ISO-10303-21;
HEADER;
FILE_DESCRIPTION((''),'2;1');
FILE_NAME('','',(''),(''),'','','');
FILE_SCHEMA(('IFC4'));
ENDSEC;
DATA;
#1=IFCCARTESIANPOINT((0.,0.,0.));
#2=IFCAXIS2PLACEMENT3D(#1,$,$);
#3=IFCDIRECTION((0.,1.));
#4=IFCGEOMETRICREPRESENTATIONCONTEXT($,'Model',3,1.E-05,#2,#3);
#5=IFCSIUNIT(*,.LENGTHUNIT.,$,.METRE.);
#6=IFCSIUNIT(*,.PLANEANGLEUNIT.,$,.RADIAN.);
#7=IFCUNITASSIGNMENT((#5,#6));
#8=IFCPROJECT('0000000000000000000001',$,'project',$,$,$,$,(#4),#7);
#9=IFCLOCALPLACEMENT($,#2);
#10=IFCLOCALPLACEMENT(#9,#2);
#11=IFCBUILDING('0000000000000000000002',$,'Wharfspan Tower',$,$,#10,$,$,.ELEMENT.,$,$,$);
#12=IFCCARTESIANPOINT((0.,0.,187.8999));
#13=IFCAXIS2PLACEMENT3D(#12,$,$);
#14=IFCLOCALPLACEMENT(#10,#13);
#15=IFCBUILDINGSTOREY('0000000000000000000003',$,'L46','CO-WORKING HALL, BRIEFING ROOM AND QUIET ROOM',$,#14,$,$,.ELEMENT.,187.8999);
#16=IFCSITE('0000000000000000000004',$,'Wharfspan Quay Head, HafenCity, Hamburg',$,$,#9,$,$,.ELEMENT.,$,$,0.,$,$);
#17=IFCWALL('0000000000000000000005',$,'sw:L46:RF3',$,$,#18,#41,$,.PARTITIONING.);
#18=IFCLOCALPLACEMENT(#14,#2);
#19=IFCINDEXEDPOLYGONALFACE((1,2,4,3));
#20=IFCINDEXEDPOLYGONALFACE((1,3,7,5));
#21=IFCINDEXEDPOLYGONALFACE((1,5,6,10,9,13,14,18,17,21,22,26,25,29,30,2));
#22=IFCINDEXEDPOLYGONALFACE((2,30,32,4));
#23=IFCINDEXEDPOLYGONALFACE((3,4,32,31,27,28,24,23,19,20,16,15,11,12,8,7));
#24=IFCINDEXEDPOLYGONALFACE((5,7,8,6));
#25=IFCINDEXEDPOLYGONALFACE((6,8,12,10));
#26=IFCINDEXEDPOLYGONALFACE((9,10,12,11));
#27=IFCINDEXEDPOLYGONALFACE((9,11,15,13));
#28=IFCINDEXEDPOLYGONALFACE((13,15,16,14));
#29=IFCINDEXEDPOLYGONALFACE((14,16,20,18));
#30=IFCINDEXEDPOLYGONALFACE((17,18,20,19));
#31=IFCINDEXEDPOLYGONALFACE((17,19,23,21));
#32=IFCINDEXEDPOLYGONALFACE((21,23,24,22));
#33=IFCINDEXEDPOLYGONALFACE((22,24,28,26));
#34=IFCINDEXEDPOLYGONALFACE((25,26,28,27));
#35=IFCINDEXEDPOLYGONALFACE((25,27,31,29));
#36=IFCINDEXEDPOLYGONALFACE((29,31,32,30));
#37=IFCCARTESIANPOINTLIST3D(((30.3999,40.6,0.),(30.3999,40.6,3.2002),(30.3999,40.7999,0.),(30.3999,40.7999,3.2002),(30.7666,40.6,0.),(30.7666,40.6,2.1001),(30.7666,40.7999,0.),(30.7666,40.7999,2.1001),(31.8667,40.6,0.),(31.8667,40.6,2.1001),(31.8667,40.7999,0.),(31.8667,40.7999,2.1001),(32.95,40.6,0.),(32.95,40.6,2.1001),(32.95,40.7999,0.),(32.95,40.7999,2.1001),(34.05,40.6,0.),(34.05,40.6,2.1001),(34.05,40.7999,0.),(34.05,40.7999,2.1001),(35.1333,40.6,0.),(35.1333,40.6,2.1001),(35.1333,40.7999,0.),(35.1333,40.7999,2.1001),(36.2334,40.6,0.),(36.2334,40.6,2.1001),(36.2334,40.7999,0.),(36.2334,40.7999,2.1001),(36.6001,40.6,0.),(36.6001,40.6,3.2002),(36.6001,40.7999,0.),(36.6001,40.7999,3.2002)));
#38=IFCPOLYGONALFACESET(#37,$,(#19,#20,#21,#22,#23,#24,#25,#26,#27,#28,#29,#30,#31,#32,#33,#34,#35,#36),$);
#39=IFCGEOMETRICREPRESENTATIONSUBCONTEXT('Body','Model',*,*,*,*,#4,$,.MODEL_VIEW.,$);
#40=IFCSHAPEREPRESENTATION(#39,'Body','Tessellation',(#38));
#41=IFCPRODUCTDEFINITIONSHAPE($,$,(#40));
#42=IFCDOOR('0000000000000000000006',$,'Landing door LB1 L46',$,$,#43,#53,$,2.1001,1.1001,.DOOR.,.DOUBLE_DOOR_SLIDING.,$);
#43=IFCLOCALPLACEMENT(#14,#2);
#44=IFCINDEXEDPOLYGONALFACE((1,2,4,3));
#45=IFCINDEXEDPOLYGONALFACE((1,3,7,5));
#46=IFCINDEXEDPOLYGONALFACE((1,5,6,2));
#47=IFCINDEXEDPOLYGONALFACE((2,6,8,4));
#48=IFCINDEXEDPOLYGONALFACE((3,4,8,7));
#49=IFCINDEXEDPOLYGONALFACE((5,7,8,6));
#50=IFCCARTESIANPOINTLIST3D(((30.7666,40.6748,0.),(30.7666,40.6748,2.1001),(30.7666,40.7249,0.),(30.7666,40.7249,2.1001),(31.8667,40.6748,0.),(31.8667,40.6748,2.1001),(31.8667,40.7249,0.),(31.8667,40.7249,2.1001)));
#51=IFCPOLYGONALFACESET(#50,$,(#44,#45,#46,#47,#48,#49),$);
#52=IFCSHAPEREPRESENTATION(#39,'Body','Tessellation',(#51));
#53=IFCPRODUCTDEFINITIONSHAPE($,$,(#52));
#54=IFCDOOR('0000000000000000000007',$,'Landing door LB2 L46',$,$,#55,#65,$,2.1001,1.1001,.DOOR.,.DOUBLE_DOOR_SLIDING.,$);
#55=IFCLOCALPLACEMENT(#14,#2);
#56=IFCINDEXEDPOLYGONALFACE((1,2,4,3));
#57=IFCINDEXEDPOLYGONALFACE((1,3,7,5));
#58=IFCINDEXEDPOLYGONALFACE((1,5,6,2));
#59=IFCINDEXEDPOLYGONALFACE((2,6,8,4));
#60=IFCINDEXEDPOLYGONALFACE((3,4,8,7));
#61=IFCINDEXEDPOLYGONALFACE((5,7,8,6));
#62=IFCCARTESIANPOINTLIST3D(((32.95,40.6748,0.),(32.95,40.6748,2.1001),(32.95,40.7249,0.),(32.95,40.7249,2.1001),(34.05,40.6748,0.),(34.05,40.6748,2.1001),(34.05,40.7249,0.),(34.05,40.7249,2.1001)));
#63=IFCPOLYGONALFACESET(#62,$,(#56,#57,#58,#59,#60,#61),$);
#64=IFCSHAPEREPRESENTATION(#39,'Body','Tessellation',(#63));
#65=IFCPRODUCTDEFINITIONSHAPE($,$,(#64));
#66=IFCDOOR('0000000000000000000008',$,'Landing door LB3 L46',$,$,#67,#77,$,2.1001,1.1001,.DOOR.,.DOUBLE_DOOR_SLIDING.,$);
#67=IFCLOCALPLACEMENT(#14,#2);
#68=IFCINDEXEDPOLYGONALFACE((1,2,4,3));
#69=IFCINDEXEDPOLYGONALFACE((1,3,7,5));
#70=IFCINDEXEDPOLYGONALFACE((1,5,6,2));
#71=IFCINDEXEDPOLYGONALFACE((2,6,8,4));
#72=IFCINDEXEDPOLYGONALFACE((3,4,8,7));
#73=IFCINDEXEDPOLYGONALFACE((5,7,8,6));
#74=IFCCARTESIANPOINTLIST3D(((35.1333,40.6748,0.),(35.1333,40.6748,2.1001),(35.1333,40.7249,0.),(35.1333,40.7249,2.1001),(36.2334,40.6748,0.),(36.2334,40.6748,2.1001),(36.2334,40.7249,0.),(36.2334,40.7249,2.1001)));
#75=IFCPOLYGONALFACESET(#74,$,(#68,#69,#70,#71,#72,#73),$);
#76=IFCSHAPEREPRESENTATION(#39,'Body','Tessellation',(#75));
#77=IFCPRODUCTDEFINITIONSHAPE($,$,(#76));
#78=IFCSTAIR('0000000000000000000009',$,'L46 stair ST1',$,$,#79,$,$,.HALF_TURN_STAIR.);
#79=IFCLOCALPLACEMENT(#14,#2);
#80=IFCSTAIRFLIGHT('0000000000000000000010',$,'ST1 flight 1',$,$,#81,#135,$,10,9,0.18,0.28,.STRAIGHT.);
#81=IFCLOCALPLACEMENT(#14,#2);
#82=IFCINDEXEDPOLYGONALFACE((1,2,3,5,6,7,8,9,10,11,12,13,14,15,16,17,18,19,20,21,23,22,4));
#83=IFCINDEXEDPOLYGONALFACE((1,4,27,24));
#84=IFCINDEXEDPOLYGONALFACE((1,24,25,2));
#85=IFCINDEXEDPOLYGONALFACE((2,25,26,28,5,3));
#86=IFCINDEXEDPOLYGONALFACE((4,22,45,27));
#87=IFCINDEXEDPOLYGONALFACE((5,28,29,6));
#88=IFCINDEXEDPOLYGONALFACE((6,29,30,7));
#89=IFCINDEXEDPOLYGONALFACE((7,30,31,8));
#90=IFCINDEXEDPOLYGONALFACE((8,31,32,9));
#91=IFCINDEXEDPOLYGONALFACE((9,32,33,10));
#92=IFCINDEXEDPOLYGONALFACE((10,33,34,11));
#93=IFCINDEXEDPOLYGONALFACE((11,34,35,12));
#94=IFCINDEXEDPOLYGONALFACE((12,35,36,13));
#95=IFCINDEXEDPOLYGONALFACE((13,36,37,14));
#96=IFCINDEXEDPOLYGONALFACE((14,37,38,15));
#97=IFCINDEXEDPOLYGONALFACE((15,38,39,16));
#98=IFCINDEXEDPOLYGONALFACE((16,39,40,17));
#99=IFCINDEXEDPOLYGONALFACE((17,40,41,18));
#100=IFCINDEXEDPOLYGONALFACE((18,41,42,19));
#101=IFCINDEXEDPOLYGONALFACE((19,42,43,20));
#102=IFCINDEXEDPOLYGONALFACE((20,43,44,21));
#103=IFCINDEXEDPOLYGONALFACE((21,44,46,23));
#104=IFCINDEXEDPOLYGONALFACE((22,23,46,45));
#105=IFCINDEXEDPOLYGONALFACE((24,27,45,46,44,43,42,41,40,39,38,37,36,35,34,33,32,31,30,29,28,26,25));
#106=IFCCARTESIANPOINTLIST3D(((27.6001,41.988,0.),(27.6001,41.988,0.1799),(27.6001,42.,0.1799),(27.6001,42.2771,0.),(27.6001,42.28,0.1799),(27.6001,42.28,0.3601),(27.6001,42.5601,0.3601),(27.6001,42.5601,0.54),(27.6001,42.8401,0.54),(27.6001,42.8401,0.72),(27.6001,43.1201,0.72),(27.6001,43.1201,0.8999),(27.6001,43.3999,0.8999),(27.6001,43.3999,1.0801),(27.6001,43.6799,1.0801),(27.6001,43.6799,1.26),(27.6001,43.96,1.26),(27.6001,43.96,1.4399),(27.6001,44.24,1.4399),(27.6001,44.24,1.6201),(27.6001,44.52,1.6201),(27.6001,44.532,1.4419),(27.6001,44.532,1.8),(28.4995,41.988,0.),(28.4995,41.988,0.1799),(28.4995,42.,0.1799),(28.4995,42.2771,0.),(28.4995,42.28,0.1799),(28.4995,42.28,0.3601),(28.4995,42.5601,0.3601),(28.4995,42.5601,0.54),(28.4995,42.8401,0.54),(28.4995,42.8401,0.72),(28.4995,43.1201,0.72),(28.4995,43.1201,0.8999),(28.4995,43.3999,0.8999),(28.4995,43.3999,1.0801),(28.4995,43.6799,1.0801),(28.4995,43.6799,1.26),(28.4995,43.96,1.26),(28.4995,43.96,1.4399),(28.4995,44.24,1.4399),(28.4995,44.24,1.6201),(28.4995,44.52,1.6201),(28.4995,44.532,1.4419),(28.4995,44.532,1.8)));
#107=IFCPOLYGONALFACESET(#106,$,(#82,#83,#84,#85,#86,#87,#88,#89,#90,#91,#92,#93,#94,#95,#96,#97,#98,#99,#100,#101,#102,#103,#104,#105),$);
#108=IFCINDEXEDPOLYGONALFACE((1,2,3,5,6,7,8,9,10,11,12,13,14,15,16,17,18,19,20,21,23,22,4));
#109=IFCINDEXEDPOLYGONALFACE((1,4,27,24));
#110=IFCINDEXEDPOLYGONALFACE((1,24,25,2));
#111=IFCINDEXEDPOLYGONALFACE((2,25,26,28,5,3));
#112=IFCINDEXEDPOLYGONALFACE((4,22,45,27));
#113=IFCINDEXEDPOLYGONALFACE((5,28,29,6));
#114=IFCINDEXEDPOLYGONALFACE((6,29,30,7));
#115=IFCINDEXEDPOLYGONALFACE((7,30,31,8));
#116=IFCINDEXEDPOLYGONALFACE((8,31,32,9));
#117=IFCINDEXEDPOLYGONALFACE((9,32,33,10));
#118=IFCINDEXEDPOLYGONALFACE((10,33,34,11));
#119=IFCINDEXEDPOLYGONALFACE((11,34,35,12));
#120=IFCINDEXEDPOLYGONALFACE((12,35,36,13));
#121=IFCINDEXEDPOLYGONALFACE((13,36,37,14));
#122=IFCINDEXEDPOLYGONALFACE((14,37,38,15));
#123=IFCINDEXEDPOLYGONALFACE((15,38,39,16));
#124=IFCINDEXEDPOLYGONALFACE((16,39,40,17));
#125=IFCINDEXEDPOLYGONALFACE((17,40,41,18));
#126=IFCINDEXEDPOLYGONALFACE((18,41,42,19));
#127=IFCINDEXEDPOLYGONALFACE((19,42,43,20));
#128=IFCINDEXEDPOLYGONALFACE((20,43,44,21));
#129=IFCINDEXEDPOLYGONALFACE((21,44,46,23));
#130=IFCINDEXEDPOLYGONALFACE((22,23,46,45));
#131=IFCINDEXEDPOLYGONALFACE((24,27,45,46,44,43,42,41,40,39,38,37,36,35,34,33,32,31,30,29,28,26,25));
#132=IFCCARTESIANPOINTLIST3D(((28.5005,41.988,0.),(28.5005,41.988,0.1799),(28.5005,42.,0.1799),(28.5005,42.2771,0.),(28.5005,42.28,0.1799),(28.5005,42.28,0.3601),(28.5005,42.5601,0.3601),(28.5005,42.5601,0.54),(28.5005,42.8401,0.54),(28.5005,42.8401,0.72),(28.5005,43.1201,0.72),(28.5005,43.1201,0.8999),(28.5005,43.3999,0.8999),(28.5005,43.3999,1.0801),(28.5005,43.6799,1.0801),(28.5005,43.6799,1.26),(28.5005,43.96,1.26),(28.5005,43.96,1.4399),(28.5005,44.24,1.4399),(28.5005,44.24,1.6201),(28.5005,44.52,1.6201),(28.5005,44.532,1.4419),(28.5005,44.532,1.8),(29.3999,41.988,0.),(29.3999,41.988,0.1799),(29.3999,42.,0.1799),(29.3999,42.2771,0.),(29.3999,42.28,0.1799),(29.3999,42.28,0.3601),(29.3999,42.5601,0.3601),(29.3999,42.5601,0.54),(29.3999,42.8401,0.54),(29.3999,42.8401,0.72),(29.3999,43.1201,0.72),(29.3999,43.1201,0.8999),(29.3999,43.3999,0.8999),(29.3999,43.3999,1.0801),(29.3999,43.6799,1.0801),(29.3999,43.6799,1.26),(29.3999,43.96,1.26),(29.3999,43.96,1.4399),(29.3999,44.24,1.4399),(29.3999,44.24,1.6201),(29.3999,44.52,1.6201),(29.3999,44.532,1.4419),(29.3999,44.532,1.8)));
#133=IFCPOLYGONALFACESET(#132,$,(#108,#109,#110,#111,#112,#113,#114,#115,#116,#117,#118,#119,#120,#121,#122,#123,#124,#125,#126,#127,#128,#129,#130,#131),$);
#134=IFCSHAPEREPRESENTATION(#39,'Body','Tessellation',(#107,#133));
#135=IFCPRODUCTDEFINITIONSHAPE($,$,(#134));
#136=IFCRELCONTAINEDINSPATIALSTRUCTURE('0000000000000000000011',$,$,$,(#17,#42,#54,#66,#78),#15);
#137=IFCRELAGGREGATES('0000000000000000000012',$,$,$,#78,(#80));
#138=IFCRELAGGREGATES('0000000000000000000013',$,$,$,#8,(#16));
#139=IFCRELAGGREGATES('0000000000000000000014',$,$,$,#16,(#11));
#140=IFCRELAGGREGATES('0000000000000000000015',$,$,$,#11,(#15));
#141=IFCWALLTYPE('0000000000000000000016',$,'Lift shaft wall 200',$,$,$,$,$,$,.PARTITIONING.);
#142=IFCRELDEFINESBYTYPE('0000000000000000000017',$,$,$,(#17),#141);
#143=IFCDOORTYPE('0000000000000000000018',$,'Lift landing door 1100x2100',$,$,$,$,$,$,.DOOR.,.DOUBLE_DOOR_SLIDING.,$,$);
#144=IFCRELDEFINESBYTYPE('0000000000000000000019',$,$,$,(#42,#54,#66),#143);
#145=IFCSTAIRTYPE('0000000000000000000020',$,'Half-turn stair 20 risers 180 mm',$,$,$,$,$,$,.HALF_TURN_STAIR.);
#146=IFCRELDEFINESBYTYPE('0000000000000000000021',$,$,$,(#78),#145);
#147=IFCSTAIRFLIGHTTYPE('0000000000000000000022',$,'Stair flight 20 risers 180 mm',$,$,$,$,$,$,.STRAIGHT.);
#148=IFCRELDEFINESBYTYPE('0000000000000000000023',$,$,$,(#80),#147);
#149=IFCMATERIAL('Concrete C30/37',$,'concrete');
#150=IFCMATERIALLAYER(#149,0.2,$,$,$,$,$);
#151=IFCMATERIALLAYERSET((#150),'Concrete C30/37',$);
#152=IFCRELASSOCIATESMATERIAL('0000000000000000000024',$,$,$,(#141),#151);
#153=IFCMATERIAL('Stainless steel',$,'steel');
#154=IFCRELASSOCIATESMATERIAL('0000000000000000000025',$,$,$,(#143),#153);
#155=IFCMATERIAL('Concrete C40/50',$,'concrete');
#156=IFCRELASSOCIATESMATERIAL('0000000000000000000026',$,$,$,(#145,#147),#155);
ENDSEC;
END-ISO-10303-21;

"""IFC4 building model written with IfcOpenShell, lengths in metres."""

from ifc_helpers import new_model, si_unit, direction, frame, frame_2d, origin, place, context, subcontext, project, spatial, polyline, rectangle, outline, extrude, material, layer, layer_set, type_object, element, fill, aggregate, save


model = new_model("IFC4")

# Units and contexts
model_context = context("Model", 3, precision=1e-05, world=origin(), true_north=direction((0.0, 1.0)))
body_context = subcontext(model_context, "Body", "Model", "MODEL_VIEW")
ifc_project = project(units=[si_unit("LENGTHUNIT", "METRE"), si_unit("PLANEANGLEUNIT", "RADIAN")], contexts=[model_context])

# Site, building, storey
site_placement = place(None, origin())
site = spatial("IfcSite", under=ifc_project, at=site_placement, Name="Wharfspan Quay Head, HafenCity, Hamburg", CompositionType="ELEMENT", RefElevation=0.0)
building_placement = place(site_placement, origin())
building = spatial("IfcBuilding", under=site, at=building_placement, Name="Wharfspan Tower", CompositionType="ELEMENT")
storey_placement = place(building_placement, frame((0.0, 0.0, 187.8999)))
storey = spatial("IfcBuildingStorey", under=building, at=storey_placement, Name="L46", Description="CO-WORKING HALL, BRIEFING ROOM AND QUIET ROOM", CompositionType="ELEMENT", Elevation=187.8999)

# Wall, openings, doors
ifc_material_1 = material(Name="Concrete C30/37", Category="concrete")
ifc_layer_1 = layer(ifc_material_1, 0.2)
ifc_layer_set_1 = layer_set([ifc_layer_1], Name="Concrete C30/37")
wall_type_1 = type_object("IfcWallType", Name="Lift shaft wall 200", PredefinedType="PARTITIONING", material=ifc_layer_set_1)
wall_1_placement = place(storey_placement, frame((30.3999, 40.7, 0.0), z_axis=(0.0, 0.0, 1.0), x_axis=(1.0, 0.0, 0.0)))
wall_1 = element("IfcWall", 1, at=wall_1_placement, inside=storey, type_object=wall_type_1, Name="sw:L46:RF3", PredefinedType="PARTITIONING", context=body_context, shape_type="SweptSolid", body=[
    extrude(rectangle(XDim=6.2002, YDim=0.2, at=frame_2d((3.1001, 0.0))), origin(), (0.0, 0.0, 1.0), 3.2002),
])
opening_1_placement = place(wall_1_placement, frame((0.3667, 0.0, 0.0)))
opening_1 = element("IfcOpeningElement", 2, at=opening_1_placement, cuts=wall_1, PredefinedType="OPENING", context=body_context, shape_type="SweptSolid", body=[
    extrude(rectangle(XDim=1.1001, YDim=2.1001, at=frame_2d((0.55, 1.05))), frame((0.0, 0.1099, 0.0), z_axis=(0.0, -1.0, 0.0), x_axis=(1.0, 0.0, 0.0)), (0.0, 0.0, 1.0), 0.22),
])
opening_2_placement = place(wall_1_placement, frame((2.55, 0.0, 0.0)))
opening_2 = element("IfcOpeningElement", 3, at=opening_2_placement, cuts=wall_1, PredefinedType="OPENING", context=body_context, shape_type="SweptSolid", body=[
    extrude(rectangle(XDim=1.1001, YDim=2.1001, at=frame_2d((0.55, 1.05))), frame((0.0, 0.1099, 0.0), z_axis=(0.0, -1.0, 0.0), x_axis=(1.0, 0.0, 0.0)), (0.0, 0.0, 1.0), 0.22),
])
opening_3_placement = place(wall_1_placement, frame((4.7334, 0.0, 0.0)))
opening_3 = element("IfcOpeningElement", 4, at=opening_3_placement, cuts=wall_1, PredefinedType="OPENING", context=body_context, shape_type="SweptSolid", body=[
    extrude(rectangle(XDim=1.1001, YDim=2.1001, at=frame_2d((0.55, 1.05))), frame((0.0, 0.1099, 0.0), z_axis=(0.0, -1.0, 0.0), x_axis=(1.0, 0.0, 0.0)), (0.0, 0.0, 1.0), 0.22),
])
ifc_material_2 = material(Name="Stainless steel", Category="steel")
door_type_1 = type_object("IfcDoorType", Name="Lift landing door 1100x2100", OperationType="DOUBLE_DOOR_SLIDING", PredefinedType="DOOR", material=ifc_material_2)
door_1_placement = place(opening_1_placement, origin())
door_1 = element("IfcDoor", 5, at=door_1_placement, inside=storey, type_object=door_type_1, Name="Landing door LB1 L46", OperationType="DOUBLE_DOOR_SLIDING", OverallHeight=2.1001, OverallWidth=1.1001, PredefinedType="DOOR", context=body_context, shape_type="SweptSolid", body=[
    extrude(rectangle(XDim=1.1001, YDim=2.1001, at=frame_2d((0.55, 1.05))), frame((0.0, 0.0249, 0.0), z_axis=(0.0, -1.0, 0.0), x_axis=(1.0, 0.0, 0.0)), (0.0, 0.0, 1.0), 0.05),
])
fill(opening_1, door_1)
door_2_placement = place(opening_2_placement, origin())
door_2 = element("IfcDoor", 6, at=door_2_placement, inside=storey, type_object=door_type_1, Name="Landing door LB2 L46", OperationType="DOUBLE_DOOR_SLIDING", OverallHeight=2.1001, OverallWidth=1.1001, PredefinedType="DOOR", context=body_context, shape_type="SweptSolid", body=[
    extrude(rectangle(XDim=1.1001, YDim=2.1001, at=frame_2d((0.55, 1.05))), frame((0.0, 0.0249, 0.0), z_axis=(0.0, -1.0, 0.0), x_axis=(1.0, 0.0, 0.0)), (0.0, 0.0, 1.0), 0.05),
])
fill(opening_2, door_2)
door_3_placement = place(opening_3_placement, origin())
door_3 = element("IfcDoor", 7, at=door_3_placement, inside=storey, type_object=door_type_1, Name="Landing door LB3 L46", OperationType="DOUBLE_DOOR_SLIDING", OverallHeight=2.1001, OverallWidth=1.1001, PredefinedType="DOOR", context=body_context, shape_type="SweptSolid", body=[
    extrude(rectangle(XDim=1.1001, YDim=2.1001, at=frame_2d((0.55, 1.05))), frame((0.0, 0.0249, 0.0), z_axis=(0.0, -1.0, 0.0), x_axis=(1.0, 0.0, 0.0)), (0.0, 0.0, 1.0), 0.05),
])
fill(opening_3, door_3)

# Stair, stair flight
ifc_material_3 = material(Name="Concrete C40/50", Category="concrete")
stair_type = type_object("IfcStairType", Name="Half-turn stair 20 risers 180 mm", PredefinedType="HALF_TURN_STAIR", material=ifc_material_3)
stair_placement = place(storey_placement, origin())
stair = element("IfcStair", 8, at=stair_placement, inside=storey, type_object=stair_type, Name="L46 stair ST1", PredefinedType="HALF_TURN_STAIR")
stair_flight_type = type_object("IfcStairFlightType", Name="Stair flight 20 risers 180 mm", PredefinedType="STRAIGHT", material=ifc_material_3)
stair_flight_placement = place(storey_placement, frame((28.5, 42.0, 0.0), z_axis=(0.0, 0.0, 1.0), x_axis=(0.0, 1.0, 0.0)))
stair_flight = element("IfcStairFlight", 9, at=stair_flight_placement, type_object=stair_flight_type, Name="ST1 flight 1", NumberOfRisers=10, NumberOfTreads=9, PredefinedType="STRAIGHT", RiserHeight=0.18, TreadLength=0.28, context=body_context, shape_type="SweptSolid", body=[
    extrude(outline(polyline([(-0.012, 0.0), (-0.012, 0.1799), (0.0, 0.1799), (0.28, 0.1799), (0.28, 0.3601), (0.5601, 0.3601), (0.5601, 0.54), (0.8401, 0.54), (0.8401, 0.72), (1.1201, 0.72), (1.1201, 0.8999), (1.3999, 0.8999), (1.3999, 1.0801), (1.6799, 1.0801), (1.6799, 1.26), (1.96, 1.26), (1.96, 1.4399), (2.24, 1.4399), (2.24, 1.6201), (2.52, 1.6201), (2.532, 1.8), (2.532, 1.4419), (0.2771, 0.0), (-0.012, 0.0)])), frame((0.0, 0.8999, 0.0), z_axis=(0.0, -1.0, 0.0), x_axis=(1.0, 0.0, 0.0)), (0.0, 0.0, 1.0), 0.8994),
    extrude(outline(polyline([(-0.012, 0.0), (-0.012, 0.1799), (0.0, 0.1799), (0.28, 0.1799), (0.28, 0.3601), (0.5601, 0.3601), (0.5601, 0.54), (0.8401, 0.54), (0.8401, 0.72), (1.1201, 0.72), (1.1201, 0.8999), (1.3999, 0.8999), (1.3999, 1.0801), (1.6799, 1.0801), (1.6799, 1.26), (1.96, 1.26), (1.96, 1.4399), (2.24, 1.4399), (2.24, 1.6201), (2.52, 1.6201), (2.532, 1.8), (2.532, 1.4419), (0.2771, 0.0), (-0.012, 0.0)])), frame((0.0, -0.0005, 0.0), z_axis=(0.0, -1.0, 0.0), x_axis=(1.0, 0.0, 0.0)), (0.0, 0.0, 1.0), 0.8994),
])
aggregate(stair, [stair_flight])

save(model, "model.ifc")
